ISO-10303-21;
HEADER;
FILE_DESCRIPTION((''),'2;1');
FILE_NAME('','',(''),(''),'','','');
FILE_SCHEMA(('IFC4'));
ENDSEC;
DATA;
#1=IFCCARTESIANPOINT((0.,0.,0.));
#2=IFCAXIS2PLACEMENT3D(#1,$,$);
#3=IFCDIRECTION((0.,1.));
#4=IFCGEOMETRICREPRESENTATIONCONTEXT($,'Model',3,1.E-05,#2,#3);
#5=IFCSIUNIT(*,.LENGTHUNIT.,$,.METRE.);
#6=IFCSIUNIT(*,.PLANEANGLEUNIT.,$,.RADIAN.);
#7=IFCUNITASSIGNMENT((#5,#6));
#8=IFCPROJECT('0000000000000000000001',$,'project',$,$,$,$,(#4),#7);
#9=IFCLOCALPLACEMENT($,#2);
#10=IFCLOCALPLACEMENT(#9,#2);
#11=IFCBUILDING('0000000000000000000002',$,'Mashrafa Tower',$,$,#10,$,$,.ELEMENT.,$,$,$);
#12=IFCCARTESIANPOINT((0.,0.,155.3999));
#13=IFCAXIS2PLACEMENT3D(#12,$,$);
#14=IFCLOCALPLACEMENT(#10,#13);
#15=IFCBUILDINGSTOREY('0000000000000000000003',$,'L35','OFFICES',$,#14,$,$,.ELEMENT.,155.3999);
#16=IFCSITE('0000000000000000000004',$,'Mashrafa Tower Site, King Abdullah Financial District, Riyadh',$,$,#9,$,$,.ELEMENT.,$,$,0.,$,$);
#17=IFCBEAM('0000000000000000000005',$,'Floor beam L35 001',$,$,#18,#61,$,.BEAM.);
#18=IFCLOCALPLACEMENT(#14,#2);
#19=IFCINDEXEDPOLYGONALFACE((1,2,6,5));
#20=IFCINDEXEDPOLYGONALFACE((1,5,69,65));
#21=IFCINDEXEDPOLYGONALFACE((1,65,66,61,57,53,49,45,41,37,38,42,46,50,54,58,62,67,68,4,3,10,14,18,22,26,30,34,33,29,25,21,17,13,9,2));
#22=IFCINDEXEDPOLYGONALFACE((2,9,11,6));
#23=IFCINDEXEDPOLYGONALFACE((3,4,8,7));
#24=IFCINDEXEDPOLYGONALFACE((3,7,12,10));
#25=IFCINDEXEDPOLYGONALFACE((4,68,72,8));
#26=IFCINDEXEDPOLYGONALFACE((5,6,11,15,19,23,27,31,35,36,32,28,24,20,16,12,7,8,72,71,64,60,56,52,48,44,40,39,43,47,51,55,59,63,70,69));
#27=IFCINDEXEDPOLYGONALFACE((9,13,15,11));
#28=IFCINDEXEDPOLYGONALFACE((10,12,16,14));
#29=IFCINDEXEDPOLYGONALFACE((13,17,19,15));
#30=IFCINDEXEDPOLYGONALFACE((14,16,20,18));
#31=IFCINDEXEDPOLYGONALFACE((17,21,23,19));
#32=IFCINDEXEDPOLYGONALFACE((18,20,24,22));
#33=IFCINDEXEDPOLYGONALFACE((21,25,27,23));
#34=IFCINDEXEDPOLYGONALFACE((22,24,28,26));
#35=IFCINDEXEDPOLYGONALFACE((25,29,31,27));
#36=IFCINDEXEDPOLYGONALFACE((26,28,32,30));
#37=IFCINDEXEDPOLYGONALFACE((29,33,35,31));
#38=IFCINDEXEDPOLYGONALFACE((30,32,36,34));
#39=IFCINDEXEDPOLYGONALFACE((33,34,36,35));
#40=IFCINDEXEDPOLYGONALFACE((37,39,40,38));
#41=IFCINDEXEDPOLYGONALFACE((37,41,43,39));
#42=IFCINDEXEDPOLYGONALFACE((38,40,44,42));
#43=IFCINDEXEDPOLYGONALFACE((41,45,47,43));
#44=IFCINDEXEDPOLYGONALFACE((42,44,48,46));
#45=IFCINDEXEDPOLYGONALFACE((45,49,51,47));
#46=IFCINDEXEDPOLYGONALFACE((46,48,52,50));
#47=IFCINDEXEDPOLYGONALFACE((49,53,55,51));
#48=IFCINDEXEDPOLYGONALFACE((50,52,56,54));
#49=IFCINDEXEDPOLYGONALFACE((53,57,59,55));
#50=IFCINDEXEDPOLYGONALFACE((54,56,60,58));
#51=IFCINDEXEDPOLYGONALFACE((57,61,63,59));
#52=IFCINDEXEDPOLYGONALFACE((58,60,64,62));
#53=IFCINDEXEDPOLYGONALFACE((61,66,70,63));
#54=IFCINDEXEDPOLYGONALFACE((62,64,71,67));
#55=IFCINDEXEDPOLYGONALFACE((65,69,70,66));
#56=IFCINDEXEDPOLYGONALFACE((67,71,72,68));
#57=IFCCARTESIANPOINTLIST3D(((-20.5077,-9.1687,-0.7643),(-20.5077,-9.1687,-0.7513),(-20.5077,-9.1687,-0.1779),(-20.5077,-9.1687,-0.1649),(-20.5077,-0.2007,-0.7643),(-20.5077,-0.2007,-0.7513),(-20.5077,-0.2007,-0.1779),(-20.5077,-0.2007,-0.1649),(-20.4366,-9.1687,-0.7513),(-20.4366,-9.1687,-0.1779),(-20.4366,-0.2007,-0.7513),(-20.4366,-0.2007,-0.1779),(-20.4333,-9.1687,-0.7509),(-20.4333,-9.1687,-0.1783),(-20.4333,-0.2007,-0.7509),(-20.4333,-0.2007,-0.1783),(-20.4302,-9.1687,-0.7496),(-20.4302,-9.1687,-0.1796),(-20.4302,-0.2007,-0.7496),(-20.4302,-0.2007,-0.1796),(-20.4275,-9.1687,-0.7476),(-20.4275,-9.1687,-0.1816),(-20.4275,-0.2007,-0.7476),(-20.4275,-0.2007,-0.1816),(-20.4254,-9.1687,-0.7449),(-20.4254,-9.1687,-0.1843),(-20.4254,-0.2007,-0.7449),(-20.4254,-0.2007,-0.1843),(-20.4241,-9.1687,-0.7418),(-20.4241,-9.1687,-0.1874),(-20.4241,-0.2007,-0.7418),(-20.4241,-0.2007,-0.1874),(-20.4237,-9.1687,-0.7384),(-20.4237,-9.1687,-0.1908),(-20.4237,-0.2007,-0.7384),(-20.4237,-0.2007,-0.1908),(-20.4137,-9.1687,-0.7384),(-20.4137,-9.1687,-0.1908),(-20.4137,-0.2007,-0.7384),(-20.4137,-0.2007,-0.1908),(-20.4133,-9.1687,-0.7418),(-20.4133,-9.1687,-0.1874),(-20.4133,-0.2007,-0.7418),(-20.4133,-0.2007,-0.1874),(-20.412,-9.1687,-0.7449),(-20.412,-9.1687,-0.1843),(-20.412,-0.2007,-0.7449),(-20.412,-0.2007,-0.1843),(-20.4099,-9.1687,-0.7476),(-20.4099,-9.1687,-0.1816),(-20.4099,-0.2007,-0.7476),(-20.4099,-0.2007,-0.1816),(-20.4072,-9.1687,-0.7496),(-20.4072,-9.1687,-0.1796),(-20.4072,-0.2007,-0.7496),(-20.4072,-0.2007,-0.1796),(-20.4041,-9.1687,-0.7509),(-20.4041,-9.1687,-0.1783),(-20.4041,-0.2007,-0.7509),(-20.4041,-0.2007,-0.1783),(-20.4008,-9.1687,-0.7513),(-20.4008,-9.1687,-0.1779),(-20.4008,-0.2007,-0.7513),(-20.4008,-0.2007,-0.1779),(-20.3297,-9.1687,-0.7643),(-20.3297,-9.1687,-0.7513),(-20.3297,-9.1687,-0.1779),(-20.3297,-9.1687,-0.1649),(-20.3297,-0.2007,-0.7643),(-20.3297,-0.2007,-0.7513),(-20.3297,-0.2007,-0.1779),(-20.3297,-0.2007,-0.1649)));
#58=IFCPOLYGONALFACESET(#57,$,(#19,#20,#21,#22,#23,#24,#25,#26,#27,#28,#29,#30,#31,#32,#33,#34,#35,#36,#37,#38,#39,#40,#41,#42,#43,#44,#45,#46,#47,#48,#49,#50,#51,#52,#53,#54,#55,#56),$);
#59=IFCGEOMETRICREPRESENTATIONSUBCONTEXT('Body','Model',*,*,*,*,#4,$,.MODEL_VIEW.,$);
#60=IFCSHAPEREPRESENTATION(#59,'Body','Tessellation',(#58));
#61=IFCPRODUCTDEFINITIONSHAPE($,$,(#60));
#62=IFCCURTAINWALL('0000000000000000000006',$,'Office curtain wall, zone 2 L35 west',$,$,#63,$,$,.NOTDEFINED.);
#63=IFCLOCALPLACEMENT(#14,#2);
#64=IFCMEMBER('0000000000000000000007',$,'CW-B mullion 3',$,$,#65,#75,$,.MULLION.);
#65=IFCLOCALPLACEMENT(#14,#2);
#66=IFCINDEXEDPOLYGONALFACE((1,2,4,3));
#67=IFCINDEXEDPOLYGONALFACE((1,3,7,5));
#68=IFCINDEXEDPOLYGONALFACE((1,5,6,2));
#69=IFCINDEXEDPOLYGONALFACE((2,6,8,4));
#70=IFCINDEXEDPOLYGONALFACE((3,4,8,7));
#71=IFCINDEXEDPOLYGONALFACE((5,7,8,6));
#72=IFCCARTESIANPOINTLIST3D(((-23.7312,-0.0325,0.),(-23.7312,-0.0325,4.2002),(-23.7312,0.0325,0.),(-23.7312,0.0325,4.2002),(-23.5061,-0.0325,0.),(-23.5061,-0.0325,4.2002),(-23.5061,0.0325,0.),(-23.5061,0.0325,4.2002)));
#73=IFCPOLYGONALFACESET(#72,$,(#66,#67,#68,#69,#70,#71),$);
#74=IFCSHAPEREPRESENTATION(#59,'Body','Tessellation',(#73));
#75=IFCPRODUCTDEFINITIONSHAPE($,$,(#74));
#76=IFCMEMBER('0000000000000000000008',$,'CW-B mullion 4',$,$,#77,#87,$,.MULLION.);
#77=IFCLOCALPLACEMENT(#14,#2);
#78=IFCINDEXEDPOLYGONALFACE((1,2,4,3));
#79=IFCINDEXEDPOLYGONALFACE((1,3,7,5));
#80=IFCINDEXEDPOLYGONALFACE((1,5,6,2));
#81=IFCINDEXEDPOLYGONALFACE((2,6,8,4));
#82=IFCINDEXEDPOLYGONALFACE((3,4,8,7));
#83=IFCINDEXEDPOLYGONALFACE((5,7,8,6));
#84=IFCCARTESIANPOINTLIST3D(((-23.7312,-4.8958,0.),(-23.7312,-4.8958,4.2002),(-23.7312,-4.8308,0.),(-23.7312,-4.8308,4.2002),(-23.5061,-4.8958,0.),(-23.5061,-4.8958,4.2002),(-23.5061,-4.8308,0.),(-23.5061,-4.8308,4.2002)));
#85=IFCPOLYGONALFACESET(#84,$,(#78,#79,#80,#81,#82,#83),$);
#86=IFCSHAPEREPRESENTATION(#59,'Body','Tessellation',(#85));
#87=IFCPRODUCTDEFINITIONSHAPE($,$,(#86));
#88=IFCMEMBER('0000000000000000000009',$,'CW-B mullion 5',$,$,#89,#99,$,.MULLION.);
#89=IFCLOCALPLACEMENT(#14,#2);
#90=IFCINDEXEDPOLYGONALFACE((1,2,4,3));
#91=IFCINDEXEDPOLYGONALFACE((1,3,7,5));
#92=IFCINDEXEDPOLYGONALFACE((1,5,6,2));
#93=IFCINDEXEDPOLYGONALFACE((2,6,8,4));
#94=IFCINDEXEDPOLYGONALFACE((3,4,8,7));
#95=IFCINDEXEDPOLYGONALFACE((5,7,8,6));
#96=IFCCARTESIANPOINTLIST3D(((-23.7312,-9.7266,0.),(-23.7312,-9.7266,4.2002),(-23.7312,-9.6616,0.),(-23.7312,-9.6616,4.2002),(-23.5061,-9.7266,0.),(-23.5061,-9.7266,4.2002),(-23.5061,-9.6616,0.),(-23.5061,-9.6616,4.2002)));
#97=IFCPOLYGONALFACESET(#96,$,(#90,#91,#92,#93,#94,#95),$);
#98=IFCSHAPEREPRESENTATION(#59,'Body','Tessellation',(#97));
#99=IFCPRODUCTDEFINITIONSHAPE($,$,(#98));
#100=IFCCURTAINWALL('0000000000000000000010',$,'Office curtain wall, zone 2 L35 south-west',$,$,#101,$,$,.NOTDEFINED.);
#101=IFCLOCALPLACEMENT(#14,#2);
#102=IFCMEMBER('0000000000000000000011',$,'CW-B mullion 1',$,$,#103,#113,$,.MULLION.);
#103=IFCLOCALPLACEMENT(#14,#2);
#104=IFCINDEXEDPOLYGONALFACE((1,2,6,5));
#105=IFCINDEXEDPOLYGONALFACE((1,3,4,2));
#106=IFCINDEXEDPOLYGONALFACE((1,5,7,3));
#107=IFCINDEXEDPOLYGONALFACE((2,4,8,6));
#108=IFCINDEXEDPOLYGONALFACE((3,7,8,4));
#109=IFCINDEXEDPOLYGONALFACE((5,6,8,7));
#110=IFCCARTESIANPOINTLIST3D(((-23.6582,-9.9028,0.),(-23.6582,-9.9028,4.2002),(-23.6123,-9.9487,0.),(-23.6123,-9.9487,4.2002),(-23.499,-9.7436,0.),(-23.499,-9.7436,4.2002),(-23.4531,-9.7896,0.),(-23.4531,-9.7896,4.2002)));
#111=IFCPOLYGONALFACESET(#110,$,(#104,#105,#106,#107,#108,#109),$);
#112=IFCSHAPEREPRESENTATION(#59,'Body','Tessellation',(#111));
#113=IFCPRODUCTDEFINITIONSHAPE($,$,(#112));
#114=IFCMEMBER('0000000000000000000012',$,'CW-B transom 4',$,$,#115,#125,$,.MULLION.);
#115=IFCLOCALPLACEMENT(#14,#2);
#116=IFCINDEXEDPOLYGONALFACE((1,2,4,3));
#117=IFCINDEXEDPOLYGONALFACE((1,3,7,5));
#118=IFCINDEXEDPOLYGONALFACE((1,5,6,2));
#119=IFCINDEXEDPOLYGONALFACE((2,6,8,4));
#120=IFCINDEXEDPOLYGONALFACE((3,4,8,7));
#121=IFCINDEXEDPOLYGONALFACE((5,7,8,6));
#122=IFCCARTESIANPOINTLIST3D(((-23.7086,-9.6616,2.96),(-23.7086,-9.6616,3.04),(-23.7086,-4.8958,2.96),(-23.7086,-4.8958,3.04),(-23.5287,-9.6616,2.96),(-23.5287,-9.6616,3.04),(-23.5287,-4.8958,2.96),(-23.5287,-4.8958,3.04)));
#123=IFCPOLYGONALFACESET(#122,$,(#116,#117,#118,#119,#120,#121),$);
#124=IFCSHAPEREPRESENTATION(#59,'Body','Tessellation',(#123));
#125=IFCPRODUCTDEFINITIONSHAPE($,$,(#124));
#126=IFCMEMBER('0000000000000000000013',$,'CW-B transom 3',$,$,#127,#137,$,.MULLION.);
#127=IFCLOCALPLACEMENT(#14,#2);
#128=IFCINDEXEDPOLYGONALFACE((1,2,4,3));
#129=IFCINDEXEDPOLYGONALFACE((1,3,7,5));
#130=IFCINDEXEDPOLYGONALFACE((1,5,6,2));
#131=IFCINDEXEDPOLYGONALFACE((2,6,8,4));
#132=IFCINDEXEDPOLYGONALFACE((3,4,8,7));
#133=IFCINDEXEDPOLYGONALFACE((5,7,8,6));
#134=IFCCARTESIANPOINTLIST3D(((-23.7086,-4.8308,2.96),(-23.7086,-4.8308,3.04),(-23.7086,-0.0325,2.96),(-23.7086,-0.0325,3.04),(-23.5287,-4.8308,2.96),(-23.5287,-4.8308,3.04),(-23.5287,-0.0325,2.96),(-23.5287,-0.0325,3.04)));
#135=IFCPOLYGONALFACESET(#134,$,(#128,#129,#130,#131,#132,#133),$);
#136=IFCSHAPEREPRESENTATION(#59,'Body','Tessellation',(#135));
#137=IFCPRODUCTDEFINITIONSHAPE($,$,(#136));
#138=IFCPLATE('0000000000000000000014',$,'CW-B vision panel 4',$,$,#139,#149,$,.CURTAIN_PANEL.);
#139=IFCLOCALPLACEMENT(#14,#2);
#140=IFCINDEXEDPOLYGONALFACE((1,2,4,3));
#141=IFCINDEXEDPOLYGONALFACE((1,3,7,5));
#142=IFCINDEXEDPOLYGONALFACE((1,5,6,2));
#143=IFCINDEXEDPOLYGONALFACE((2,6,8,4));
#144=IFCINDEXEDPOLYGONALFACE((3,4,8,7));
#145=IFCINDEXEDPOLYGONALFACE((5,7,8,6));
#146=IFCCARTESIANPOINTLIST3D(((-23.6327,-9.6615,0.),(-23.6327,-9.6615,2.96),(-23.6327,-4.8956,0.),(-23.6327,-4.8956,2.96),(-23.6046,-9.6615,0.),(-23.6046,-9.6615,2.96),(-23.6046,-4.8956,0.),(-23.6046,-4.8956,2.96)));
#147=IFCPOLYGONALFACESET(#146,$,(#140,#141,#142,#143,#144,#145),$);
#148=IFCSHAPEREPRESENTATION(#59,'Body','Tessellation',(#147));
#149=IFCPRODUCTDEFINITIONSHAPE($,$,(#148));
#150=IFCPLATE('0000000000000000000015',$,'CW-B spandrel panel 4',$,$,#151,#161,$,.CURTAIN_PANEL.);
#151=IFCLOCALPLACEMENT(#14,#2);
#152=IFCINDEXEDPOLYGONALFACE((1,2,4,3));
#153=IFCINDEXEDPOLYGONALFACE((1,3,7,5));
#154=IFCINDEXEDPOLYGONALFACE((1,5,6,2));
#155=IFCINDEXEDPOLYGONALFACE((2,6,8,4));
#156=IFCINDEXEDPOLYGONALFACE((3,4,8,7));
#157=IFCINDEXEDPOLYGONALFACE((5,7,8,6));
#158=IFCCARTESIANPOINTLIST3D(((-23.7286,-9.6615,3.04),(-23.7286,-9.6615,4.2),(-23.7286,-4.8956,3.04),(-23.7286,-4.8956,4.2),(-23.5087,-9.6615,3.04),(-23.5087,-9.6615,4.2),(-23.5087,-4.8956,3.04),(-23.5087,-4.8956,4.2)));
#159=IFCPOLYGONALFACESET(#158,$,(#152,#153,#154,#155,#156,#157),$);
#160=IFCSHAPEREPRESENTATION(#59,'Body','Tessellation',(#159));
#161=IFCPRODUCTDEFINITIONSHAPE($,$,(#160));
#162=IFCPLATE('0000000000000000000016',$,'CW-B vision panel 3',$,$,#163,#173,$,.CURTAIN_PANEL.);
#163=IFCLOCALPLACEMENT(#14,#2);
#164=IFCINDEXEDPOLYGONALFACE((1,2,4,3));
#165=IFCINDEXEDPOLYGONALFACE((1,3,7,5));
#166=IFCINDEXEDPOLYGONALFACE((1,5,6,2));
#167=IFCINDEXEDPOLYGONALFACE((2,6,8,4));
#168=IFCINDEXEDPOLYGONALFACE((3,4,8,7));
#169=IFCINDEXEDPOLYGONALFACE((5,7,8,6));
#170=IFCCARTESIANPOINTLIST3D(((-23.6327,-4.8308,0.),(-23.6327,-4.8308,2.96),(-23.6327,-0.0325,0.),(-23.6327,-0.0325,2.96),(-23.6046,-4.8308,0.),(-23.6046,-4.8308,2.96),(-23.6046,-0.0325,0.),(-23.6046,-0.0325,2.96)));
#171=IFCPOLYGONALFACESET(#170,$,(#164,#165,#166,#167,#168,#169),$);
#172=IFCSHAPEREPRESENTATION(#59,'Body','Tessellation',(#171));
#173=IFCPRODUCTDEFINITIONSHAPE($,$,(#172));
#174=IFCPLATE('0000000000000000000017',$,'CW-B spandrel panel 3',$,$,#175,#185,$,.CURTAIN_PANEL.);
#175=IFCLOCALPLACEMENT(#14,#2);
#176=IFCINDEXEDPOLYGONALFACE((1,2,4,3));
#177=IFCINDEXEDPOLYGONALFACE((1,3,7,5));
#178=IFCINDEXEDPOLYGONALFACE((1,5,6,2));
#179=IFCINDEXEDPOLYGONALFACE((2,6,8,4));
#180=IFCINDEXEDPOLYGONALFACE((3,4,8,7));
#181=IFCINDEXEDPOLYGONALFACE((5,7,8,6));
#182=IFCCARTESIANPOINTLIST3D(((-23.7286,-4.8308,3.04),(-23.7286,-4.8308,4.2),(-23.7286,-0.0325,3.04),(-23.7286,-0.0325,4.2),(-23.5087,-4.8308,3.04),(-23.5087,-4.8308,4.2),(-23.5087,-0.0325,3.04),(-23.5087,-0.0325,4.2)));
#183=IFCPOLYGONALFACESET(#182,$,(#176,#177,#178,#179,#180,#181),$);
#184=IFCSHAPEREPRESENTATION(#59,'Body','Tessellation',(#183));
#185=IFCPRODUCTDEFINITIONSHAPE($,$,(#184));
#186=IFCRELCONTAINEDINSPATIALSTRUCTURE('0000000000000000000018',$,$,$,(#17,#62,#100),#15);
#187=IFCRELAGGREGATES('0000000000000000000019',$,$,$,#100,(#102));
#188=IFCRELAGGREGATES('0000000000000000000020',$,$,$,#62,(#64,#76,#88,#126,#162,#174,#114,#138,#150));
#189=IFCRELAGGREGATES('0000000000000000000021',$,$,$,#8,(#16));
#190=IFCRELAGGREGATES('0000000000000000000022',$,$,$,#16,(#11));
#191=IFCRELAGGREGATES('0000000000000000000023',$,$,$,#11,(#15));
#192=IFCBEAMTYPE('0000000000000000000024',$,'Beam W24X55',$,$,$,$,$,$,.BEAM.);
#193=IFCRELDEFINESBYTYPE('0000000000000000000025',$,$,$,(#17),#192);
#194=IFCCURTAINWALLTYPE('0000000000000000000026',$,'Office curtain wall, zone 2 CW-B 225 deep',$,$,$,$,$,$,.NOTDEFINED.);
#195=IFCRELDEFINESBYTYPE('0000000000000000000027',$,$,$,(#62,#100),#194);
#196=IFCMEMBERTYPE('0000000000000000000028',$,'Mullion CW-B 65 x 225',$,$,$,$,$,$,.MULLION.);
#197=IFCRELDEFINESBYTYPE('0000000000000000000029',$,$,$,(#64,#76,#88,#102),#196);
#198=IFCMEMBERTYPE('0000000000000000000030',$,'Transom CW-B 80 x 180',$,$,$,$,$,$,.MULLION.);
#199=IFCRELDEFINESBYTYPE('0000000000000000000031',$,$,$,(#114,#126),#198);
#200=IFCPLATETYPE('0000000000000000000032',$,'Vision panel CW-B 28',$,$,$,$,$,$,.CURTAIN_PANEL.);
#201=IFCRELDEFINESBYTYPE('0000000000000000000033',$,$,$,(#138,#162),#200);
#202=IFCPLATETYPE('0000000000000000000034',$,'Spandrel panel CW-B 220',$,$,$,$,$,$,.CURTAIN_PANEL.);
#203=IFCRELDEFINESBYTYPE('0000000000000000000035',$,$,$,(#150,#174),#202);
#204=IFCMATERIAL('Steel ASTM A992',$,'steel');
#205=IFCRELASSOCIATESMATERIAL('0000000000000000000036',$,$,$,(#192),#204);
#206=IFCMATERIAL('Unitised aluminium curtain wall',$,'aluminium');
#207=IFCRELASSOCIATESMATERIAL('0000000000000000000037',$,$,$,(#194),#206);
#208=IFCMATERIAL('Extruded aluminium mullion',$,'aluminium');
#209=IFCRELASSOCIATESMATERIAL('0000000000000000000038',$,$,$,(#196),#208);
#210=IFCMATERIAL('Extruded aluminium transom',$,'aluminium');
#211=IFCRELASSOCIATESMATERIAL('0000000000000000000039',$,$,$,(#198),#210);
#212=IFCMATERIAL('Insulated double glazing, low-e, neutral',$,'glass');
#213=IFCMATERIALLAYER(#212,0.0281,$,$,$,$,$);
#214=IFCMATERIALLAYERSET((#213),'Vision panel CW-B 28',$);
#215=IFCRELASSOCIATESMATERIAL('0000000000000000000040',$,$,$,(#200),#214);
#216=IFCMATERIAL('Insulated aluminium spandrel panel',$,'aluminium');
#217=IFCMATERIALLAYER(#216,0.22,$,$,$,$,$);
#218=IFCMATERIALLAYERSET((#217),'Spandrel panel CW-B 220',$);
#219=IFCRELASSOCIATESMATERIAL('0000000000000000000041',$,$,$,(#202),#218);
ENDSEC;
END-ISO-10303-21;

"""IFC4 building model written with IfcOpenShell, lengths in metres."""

from ifc_helpers import new_model, si_unit, direction, frame, origin, origin_2d, place, context, subcontext, project, spatial, rectangle, i_section, extrude, source, transform, mapped, material, layer, layer_set, material_profile, profile_set, type_object, type_shapes, element, aggregate, save


model = new_model("IFC4")

# Units and contexts
model_context = context("Model", 3, precision=1e-05, world=origin(), true_north=direction((0.0, 1.0)))
body_context = subcontext(model_context, "Body", "Model", "MODEL_VIEW")
ifc_project = project(units=[si_unit("LENGTHUNIT", "METRE"), si_unit("PLANEANGLEUNIT", "RADIAN")], contexts=[model_context])

# Site, building, storey
site_placement = place(None, origin())
site = spatial("IfcSite", under=ifc_project, at=site_placement, Name="Mashrafa Tower Site, King Abdullah Financial District, Riyadh", CompositionType="ELEMENT", RefElevation=0.0)
building_placement = place(site_placement, origin())
building = spatial("IfcBuilding", under=site, at=building_placement, Name="Mashrafa Tower", CompositionType="ELEMENT")
storey_placement = place(building_placement, frame((0.0, 0.0, 155.3999)))
storey = spatial("IfcBuildingStorey", under=building, at=storey_placement, Name="L35", Description="OFFICES", CompositionType="ELEMENT", Elevation=155.3999)

# Beam
ifc_material_1 = material(Name="Steel ASTM A992", Category="steel")
ifc_material_profile_1 = material_profile(ifc_material_1, i_section(OverallWidth=0.178, OverallDepth=0.5994, WebThickness=0.01, FlangeThickness=0.0129, FilletRadius=0.0129, at=origin_2d()), Name="W24X55")
ifc_profile_set_1 = profile_set([ifc_material_profile_1], Name="Steel ASTM A992")
beam_type_1 = type_object("IfcBeamType", Name="Beam W24X55", PredefinedType="BEAM", material=ifc_profile_set_1)
beam_1_placement = place(storey_placement, frame((-20.4187, -9.1687, -0.4646), z_axis=(0.0, 1.0, 0.0), x_axis=(-1.0, 0.0, 0.0)))
element("IfcBeam", 1, at=beam_1_placement, inside=storey, type_object=beam_type_1, Name="Floor beam L35 001", PredefinedType="BEAM", context=body_context, shape_type="SweptSolid", body=[
    extrude(i_section(OverallWidth=0.178, OverallDepth=0.5994, WebThickness=0.01, FlangeThickness=0.0129, FilletRadius=0.0129, at=origin_2d()), origin(), (0.0, 0.0, 1.0), 8.968),
])

# Curtain wall, members
ifc_material_2 = material(Name="Unitised aluminium curtain wall", Category="aluminium")
curtain_wall_type = type_object("IfcCurtainWallType", Name="Office curtain wall, zone 2 CW-B 225 deep", PredefinedType="NOTDEFINED", material=ifc_material_2)
curtain_wall_1_placement = place(storey_placement, origin())
curtain_wall_1 = element("IfcCurtainWall", 2, at=curtain_wall_1_placement, inside=storey, type_object=curtain_wall_type, Name="Office curtain wall, zone 2 L35 west", PredefinedType="NOTDEFINED")
ifc_material_3 = material(Name="Extruded aluminium mullion", Category="aluminium")
ifc_material_profile_2 = material_profile(ifc_material_3, rectangle(XDim=0.2251, YDim=0.0649, at=origin_2d()), Name="Mullion 65x225")
ifc_profile_set_2 = profile_set([ifc_material_profile_2], Name="Extruded aluminium mullion")
member_type_1 = type_object("IfcMemberType", Name="Mullion CW-B 65 x 225", PredefinedType="MULLION", material=ifc_profile_set_2)
shared_shape_1 = source(origin(), body_context, "Body", "SweptSolid", [
    extrude(rectangle(XDim=0.2251, YDim=0.0649, at=origin_2d()), origin(), (0.0, 0.0, 1.0), 4.2002),
])
type_shapes(member_type_1, [shared_shape_1])
member_1_placement = place(storey_placement, frame((-23.6187, 0.0, 0.0), z_axis=(0.0, 0.0, 1.0), x_axis=(1.0, 0.0, 0.0)))
member_1 = element("IfcMember", 3, at=member_1_placement, type_object=member_type_1, Name="CW-B mullion 3", PredefinedType="MULLION", context=body_context, shape_type="MappedRepresentation", body=[
    mapped(shared_shape_1, transform((0.0, 0.0, 0.0))),
])
member_2_placement = place(storey_placement, frame((-23.6187, -4.8633, 0.0), z_axis=(0.0, 0.0, 1.0), x_axis=(1.0, 0.0, 0.0)))
member_2 = element("IfcMember", 4, at=member_2_placement, type_object=member_type_1, Name="CW-B mullion 4", PredefinedType="MULLION", context=body_context, shape_type="MappedRepresentation", body=[
    mapped(shared_shape_1, transform((0.0, 0.0, 0.0))),
])
member_3_placement = place(storey_placement, frame((-23.6187, -9.6941, 0.0), z_axis=(0.0, 0.0, 1.0), x_axis=(1.0, 0.0, 0.0)))
member_3 = element("IfcMember", 5, at=member_3_placement, type_object=member_type_1, Name="CW-B mullion 5", PredefinedType="MULLION", context=body_context, shape_type="MappedRepresentation", body=[
    mapped(shared_shape_1, transform((0.0, 0.0, 0.0))),
])

# Curtain wall, member
curtain_wall_2_placement = place(storey_placement, origin())
curtain_wall_2 = element("IfcCurtainWall", 6, at=curtain_wall_2_placement, inside=storey, type_object=curtain_wall_type, Name="Office curtain wall, zone 2 L35 south-west", PredefinedType="NOTDEFINED")
member_4_placement = place(storey_placement, frame((-23.5557, -9.8462, 0.0), z_axis=(0.0, 0.0, 1.0), x_axis=(0.707107, 0.707107, 0.0)))
member_4 = element("IfcMember", 7, at=member_4_placement, type_object=member_type_1, Name="CW-B mullion 1", PredefinedType="MULLION", context=body_context, shape_type="MappedRepresentation", body=[
    mapped(shared_shape_1, transform((0.0, 0.0, 0.0))),
])
aggregate(curtain_wall_2, [member_4])

# Members
ifc_material_4 = material(Name="Extruded aluminium transom", Category="aluminium")
ifc_material_profile_3 = material_profile(ifc_material_4, rectangle(XDim=0.1799, YDim=0.0801, at=origin_2d()), Name="Transom 80x180")
ifc_profile_set_3 = profile_set([ifc_material_profile_3], Name="Extruded aluminium transom")
member_type_2 = type_object("IfcMemberType", Name="Transom CW-B 80 x 180", PredefinedType="MULLION", material=ifc_profile_set_3)
shared_shape_2 = source(origin(), body_context, "Body", "SweptSolid", [
    extrude(rectangle(XDim=0.1799, YDim=0.0801, at=origin_2d()), origin(), (0.0, 0.0, 1.0), 4.7659),
])
member_5_placement = place(storey_placement, frame((-23.6187, -4.8958, 3.0), z_axis=(0.0, -1.0, 0.0), x_axis=(1.0, 0.0, 0.0)))
member_5 = element("IfcMember", 8, at=member_5_placement, type_object=member_type_2, Name="CW-B transom 4", PredefinedType="MULLION", context=body_context, shape_type="MappedRepresentation", body=[
    mapped(shared_shape_2, transform((0.0, 0.0, 0.0))),
])
shared_shape_3 = source(origin(), body_context, "Body", "SweptSolid", [
    extrude(rectangle(XDim=0.1799, YDim=0.0801, at=origin_2d()), origin(), (0.0, 0.0, 1.0), 4.7983),
])
type_shapes(member_type_2, [shared_shape_2, shared_shape_3])
member_6_placement = place(storey_placement, frame((-23.6187, -0.0325, 3.0), z_axis=(0.0, -1.0, 0.0), x_axis=(1.0, 0.0, 0.0)))
member_6 = element("IfcMember", 9, at=member_6_placement, type_object=member_type_2, Name="CW-B transom 3", PredefinedType="MULLION", context=body_context, shape_type="MappedRepresentation", body=[
    mapped(shared_shape_3, transform((0.0, 0.0, 0.0))),
])

# Plates
ifc_material_5 = material(Name="Insulated double glazing, low-e, neutral", Category="glass")
ifc_layer_1 = layer(ifc_material_5, 0.0281)
ifc_layer_set_1 = layer_set([ifc_layer_1], Name="Vision panel CW-B 28")
plate_type_1 = type_object("IfcPlateType", Name="Vision panel CW-B 28", PredefinedType="CURTAIN_PANEL", material=ifc_layer_set_1)
shared_shape_4 = source(origin(), body_context, "Body", "SweptSolid", [
    extrude(rectangle(XDim=4.7659, YDim=0.0281, at=origin_2d()), origin(), (0.0, 0.0, 1.0), 2.96),
])
plate_1_placement = place(storey_placement, frame((-23.6187, -7.2786, 0.0), z_axis=(0.0, 0.0, 1.0), x_axis=(0.0, -1.0, 0.0)))
plate_1 = element("IfcPlate", 10, at=plate_1_placement, type_object=plate_type_1, Name="CW-B vision panel 4", PredefinedType="CURTAIN_PANEL", context=body_context, shape_type="MappedRepresentation", body=[
    mapped(shared_shape_4, transform((0.0, 0.0, 0.0))),
])
ifc_material_6 = material(Name="Insulated aluminium spandrel panel", Category="aluminium")
ifc_layer_2 = layer(ifc_material_6, 0.22)
ifc_layer_set_2 = layer_set([ifc_layer_2], Name="Spandrel panel CW-B 220")
plate_type_2 = type_object("IfcPlateType", Name="Spandrel panel CW-B 220", PredefinedType="CURTAIN_PANEL", material=ifc_layer_set_2)
shared_shape_5 = source(origin(), body_context, "Body", "SweptSolid", [
    extrude(rectangle(XDim=4.7659, YDim=0.22, at=origin_2d()), origin(), (0.0, 0.0, 1.0), 1.1599),
])
plate_2_placement = place(storey_placement, frame((-23.6187, -7.2786, 3.04), z_axis=(0.0, 0.0, 1.0), x_axis=(0.0, -1.0, 0.0)))
plate_2 = element("IfcPlate", 11, at=plate_2_placement, type_object=plate_type_2, Name="CW-B spandrel panel 4", PredefinedType="CURTAIN_PANEL", context=body_context, shape_type="MappedRepresentation", body=[
    mapped(shared_shape_5, transform((0.0, 0.0, 0.0))),
])
shared_shape_6 = source(origin(), body_context, "Body", "SweptSolid", [
    extrude(rectangle(XDim=4.7983, YDim=0.0281, at=origin_2d()), origin(), (0.0, 0.0, 1.0), 2.96),
])
type_shapes(plate_type_1, [shared_shape_4, shared_shape_6])
plate_3_placement = place(storey_placement, frame((-23.6187, -2.4316, 0.0), z_axis=(0.0, 0.0, 1.0), x_axis=(0.0, -1.0, 0.0)))
plate_3 = element("IfcPlate", 12, at=plate_3_placement, type_object=plate_type_1, Name="CW-B vision panel 3", PredefinedType="CURTAIN_PANEL", context=body_context, shape_type="MappedRepresentation", body=[
    mapped(shared_shape_6, transform((0.0, 0.0, 0.0))),
])
shared_shape_7 = source(origin(), body_context, "Body", "SweptSolid", [
    extrude(rectangle(XDim=4.7983, YDim=0.22, at=origin_2d()), origin(), (0.0, 0.0, 1.0), 1.1599),
])
type_shapes(plate_type_2, [shared_shape_5, shared_shape_7])
plate_4_placement = place(storey_placement, frame((-23.6187, -2.4316, 3.04), z_axis=(0.0, 0.0, 1.0), x_axis=(0.0, -1.0, 0.0)))
plate_4 = element("IfcPlate", 13, at=plate_4_placement, type_object=plate_type_2, Name="CW-B spandrel panel 3", PredefinedType="CURTAIN_PANEL", context=body_context, shape_type="MappedRepresentation", body=[
    mapped(shared_shape_7, transform((0.0, 0.0, 0.0))),
])
aggregate(curtain_wall_1, [member_1, member_2, member_3, member_6, plate_3, plate_4, member_5, plate_1, plate_2])

save(model, "model.ifc")
